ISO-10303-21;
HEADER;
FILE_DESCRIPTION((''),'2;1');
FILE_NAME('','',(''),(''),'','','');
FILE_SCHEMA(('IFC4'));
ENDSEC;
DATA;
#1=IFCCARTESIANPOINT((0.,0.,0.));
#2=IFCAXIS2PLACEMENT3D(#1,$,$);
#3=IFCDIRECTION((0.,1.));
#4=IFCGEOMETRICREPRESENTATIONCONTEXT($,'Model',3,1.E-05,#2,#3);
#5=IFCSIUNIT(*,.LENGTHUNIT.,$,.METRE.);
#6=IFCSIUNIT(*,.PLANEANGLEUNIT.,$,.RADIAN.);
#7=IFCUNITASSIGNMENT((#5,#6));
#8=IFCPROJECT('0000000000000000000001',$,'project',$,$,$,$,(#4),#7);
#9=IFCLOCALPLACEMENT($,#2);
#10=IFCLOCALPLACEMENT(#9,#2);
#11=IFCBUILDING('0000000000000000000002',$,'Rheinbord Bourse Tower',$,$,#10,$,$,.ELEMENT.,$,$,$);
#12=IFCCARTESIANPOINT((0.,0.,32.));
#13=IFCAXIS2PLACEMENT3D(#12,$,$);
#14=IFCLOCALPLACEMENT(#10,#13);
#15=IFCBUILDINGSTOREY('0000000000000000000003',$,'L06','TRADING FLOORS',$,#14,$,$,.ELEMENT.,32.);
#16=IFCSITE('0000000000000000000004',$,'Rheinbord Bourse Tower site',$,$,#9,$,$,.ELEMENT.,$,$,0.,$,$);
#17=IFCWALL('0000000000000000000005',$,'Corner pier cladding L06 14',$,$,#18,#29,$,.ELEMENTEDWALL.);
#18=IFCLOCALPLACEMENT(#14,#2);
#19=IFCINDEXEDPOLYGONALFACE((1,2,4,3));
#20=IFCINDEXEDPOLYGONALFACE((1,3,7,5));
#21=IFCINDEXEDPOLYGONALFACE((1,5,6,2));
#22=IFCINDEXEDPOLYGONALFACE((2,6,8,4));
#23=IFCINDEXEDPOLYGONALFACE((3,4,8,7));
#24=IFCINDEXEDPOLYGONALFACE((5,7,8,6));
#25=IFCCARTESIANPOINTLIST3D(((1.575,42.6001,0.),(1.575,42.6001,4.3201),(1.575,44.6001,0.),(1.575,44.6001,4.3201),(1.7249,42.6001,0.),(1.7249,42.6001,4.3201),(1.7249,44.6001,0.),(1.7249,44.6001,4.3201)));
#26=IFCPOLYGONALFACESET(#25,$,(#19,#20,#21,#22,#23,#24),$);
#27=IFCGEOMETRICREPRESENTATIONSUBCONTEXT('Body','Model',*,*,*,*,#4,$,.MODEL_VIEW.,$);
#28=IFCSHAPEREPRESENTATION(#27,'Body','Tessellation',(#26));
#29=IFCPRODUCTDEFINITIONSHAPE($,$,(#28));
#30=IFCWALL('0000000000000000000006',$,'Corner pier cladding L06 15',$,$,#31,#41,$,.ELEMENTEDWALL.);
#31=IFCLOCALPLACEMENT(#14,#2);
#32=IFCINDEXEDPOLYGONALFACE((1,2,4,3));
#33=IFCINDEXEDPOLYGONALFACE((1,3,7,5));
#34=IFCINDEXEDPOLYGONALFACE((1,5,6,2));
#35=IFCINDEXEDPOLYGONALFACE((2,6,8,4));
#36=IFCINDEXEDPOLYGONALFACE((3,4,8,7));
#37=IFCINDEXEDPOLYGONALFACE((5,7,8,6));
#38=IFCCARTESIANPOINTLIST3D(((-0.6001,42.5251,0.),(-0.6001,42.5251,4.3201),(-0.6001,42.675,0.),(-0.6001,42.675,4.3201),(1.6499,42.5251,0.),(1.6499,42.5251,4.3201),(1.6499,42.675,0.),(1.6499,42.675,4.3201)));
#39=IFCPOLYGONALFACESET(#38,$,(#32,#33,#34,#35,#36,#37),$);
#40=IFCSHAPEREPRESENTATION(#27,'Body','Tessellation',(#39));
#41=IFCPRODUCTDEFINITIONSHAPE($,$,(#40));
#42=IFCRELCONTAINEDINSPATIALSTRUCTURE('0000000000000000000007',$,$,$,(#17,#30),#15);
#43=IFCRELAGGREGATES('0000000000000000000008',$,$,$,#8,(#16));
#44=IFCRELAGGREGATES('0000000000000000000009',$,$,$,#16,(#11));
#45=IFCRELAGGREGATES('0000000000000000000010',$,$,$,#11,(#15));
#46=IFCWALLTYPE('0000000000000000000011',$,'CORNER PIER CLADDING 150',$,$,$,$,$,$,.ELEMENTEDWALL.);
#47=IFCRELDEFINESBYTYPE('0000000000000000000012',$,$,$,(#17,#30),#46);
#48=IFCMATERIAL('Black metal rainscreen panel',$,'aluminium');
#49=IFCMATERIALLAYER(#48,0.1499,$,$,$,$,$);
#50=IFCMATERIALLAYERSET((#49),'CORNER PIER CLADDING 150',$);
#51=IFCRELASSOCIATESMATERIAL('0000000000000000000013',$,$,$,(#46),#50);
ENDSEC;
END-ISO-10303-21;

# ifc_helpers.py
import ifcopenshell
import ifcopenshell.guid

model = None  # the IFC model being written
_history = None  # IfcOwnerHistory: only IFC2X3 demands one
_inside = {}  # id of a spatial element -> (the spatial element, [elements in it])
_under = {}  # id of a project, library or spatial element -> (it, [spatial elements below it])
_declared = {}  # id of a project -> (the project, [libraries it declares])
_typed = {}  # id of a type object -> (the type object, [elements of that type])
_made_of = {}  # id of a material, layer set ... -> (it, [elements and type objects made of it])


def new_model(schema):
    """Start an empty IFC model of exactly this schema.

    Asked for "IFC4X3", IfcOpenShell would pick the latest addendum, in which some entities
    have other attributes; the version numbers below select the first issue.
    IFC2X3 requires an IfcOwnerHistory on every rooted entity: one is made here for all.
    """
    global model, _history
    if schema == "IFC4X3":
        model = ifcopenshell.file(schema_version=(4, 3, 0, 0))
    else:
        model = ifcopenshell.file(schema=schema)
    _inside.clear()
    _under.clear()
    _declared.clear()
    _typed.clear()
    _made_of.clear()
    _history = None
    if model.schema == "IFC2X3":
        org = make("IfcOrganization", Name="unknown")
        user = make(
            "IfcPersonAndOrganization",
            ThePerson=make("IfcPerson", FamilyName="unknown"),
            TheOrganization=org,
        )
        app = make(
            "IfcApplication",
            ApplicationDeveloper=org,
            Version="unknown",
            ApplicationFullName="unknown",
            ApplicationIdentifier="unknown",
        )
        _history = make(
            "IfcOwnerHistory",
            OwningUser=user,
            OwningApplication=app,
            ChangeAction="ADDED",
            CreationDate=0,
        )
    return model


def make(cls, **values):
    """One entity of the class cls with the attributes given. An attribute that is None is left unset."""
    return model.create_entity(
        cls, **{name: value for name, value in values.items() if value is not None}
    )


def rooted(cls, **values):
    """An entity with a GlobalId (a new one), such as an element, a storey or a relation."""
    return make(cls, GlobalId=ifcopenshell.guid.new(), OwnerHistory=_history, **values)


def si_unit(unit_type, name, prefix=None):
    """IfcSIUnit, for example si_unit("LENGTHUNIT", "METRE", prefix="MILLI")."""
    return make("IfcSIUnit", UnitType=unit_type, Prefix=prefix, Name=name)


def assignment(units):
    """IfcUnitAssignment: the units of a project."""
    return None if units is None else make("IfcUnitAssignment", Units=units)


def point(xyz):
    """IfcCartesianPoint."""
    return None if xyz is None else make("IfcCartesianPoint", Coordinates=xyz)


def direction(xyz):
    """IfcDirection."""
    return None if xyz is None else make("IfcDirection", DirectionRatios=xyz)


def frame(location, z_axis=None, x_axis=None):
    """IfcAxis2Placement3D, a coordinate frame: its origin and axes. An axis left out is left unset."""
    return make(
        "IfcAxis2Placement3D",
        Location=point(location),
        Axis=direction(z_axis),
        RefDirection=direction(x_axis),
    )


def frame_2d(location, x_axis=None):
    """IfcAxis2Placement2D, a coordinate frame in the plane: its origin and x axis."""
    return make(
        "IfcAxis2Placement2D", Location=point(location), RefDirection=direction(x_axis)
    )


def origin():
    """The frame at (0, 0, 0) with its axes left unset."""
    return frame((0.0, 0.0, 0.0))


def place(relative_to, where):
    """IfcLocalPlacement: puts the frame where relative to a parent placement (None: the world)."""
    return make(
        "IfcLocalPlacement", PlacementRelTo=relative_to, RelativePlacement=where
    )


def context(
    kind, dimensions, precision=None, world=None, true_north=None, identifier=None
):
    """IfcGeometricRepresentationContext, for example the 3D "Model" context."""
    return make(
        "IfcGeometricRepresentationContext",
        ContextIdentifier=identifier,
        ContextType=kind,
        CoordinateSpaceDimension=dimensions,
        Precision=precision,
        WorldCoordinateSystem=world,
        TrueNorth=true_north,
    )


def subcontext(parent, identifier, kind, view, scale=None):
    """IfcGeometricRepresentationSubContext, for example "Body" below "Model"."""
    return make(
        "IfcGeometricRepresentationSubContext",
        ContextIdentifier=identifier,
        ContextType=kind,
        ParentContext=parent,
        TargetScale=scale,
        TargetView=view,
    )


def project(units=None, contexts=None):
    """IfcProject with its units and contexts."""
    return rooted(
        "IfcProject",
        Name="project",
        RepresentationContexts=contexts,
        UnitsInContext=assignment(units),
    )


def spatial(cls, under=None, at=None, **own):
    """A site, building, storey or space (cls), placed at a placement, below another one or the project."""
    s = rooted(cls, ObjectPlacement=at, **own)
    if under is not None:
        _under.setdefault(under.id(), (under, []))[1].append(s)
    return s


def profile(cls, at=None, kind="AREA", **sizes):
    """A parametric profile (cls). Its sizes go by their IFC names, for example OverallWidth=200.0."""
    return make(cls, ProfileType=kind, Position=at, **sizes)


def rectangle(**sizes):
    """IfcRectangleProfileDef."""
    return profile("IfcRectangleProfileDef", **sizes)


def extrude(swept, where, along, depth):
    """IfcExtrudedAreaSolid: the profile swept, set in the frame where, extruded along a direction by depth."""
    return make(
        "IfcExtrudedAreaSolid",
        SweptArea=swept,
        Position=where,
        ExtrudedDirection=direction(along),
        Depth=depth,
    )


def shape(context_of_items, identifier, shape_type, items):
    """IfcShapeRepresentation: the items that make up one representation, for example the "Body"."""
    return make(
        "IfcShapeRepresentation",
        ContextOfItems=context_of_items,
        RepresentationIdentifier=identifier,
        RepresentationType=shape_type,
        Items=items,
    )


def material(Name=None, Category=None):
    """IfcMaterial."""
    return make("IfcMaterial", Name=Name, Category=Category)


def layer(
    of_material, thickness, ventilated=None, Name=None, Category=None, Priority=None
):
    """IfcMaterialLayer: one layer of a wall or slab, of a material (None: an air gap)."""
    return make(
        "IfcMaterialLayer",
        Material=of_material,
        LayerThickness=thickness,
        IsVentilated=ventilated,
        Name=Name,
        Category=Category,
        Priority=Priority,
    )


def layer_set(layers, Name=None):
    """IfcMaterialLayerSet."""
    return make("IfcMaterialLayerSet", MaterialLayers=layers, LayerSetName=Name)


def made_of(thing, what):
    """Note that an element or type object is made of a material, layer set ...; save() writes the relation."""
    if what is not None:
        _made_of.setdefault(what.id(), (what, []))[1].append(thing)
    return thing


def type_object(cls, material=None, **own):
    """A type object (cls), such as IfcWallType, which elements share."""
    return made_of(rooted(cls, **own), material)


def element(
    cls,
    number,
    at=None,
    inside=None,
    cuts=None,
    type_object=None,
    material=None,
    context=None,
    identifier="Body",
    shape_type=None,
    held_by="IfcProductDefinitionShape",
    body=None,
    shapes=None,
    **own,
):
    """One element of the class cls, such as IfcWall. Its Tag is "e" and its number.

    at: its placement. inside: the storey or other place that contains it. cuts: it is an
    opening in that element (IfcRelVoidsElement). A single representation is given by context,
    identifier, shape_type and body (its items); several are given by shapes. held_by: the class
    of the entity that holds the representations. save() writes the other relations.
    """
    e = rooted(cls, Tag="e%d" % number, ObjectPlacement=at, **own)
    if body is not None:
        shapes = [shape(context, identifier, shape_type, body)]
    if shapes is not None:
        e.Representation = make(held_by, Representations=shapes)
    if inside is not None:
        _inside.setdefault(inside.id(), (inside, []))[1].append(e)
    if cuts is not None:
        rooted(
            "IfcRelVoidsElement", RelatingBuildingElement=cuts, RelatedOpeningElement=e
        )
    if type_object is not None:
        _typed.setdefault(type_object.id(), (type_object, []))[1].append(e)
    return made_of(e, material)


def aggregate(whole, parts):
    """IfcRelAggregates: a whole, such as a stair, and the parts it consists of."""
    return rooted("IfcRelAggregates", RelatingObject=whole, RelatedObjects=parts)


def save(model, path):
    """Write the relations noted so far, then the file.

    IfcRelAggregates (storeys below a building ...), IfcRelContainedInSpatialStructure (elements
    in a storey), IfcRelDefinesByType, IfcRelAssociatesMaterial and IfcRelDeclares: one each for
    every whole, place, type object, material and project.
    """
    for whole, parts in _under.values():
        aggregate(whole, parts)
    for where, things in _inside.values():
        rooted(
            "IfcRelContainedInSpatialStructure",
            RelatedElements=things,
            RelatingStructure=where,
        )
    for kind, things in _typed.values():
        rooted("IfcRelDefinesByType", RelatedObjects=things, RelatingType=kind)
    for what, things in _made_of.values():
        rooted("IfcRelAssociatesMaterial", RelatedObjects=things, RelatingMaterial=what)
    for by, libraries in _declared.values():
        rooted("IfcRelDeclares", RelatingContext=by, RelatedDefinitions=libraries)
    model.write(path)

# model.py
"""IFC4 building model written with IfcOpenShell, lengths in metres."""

from ifc_helpers import new_model, si_unit, direction, frame, frame_2d, origin, place, context, subcontext, project, spatial, rectangle, extrude, material, layer, layer_set, type_object, element, save


model = new_model("IFC4")

# Units and contexts
model_context = context("Model", 3, precision=1e-05, world=origin(), true_north=direction((0.0, 1.0)))
body_context = subcontext(model_context, "Body", "Model", "MODEL_VIEW")
ifc_project = project(units=[si_unit("LENGTHUNIT", "METRE"), si_unit("PLANEANGLEUNIT", "RADIAN")], contexts=[model_context])

# Site, building, storey
site_placement = place(None, origin())
site = spatial("IfcSite", under=ifc_project, at=site_placement, Name="Rheinbord Bourse Tower site", CompositionType="ELEMENT", RefElevation=0.0)
building_placement = place(site_placement, origin())
building = spatial("IfcBuilding", under=site, at=building_placement, Name="Rheinbord Bourse Tower", CompositionType="ELEMENT")
storey_placement = place(building_placement, frame((0.0, 0.0, 32.0)))
storey = spatial("IfcBuildingStorey", under=building, at=storey_placement, Name="L06", Description="TRADING FLOORS", CompositionType="ELEMENT", Elevation=32.0)

# Walls
ifc_material_1 = material(Name="Black metal rainscreen panel", Category="aluminium")
ifc_layer_1 = layer(ifc_material_1, 0.1499)
ifc_layer_set_1 = layer_set([ifc_layer_1], Name="CORNER PIER CLADDING 150")
wall_type = type_object("IfcWallType", Name="CORNER PIER CLADDING 150", PredefinedType="ELEMENTEDWALL", material=ifc_layer_set_1)
wall_1_placement = place(storey_placement, frame((1.6499, 44.6001, 0.0), z_axis=(0.0, 0.0, 1.0), x_axis=(0.0, -1.0, 0.0)))
element("IfcWall", 1, at=wall_1_placement, inside=storey, type_object=wall_type, Name="Corner pier cladding L06 14", PredefinedType="ELEMENTEDWALL", context=body_context, shape_type="SweptSolid", body=[
    extrude(rectangle(XDim=2.0, YDim=0.1499, at=frame_2d((1.0, 0.0))), origin(), (0.0, 0.0, 1.0), 4.3201),
])
wall_2_placement = place(storey_placement, frame((1.6499, 42.6001, 0.0), z_axis=(0.0, 0.0, 1.0), x_axis=(-1.0, 0.0, 0.0)))
element("IfcWall", 2, at=wall_2_placement, inside=storey, type_object=wall_type, Name="Corner pier cladding L06 15", PredefinedType="ELEMENTEDWALL", context=body_context, shape_type="SweptSolid", body=[
    extrude(rectangle(XDim=2.25, YDim=0.1499, at=frame_2d((1.125, 0.0))), origin(), (0.0, 0.0, 1.0), 4.3201),
])

save(model, "model.ifc")
